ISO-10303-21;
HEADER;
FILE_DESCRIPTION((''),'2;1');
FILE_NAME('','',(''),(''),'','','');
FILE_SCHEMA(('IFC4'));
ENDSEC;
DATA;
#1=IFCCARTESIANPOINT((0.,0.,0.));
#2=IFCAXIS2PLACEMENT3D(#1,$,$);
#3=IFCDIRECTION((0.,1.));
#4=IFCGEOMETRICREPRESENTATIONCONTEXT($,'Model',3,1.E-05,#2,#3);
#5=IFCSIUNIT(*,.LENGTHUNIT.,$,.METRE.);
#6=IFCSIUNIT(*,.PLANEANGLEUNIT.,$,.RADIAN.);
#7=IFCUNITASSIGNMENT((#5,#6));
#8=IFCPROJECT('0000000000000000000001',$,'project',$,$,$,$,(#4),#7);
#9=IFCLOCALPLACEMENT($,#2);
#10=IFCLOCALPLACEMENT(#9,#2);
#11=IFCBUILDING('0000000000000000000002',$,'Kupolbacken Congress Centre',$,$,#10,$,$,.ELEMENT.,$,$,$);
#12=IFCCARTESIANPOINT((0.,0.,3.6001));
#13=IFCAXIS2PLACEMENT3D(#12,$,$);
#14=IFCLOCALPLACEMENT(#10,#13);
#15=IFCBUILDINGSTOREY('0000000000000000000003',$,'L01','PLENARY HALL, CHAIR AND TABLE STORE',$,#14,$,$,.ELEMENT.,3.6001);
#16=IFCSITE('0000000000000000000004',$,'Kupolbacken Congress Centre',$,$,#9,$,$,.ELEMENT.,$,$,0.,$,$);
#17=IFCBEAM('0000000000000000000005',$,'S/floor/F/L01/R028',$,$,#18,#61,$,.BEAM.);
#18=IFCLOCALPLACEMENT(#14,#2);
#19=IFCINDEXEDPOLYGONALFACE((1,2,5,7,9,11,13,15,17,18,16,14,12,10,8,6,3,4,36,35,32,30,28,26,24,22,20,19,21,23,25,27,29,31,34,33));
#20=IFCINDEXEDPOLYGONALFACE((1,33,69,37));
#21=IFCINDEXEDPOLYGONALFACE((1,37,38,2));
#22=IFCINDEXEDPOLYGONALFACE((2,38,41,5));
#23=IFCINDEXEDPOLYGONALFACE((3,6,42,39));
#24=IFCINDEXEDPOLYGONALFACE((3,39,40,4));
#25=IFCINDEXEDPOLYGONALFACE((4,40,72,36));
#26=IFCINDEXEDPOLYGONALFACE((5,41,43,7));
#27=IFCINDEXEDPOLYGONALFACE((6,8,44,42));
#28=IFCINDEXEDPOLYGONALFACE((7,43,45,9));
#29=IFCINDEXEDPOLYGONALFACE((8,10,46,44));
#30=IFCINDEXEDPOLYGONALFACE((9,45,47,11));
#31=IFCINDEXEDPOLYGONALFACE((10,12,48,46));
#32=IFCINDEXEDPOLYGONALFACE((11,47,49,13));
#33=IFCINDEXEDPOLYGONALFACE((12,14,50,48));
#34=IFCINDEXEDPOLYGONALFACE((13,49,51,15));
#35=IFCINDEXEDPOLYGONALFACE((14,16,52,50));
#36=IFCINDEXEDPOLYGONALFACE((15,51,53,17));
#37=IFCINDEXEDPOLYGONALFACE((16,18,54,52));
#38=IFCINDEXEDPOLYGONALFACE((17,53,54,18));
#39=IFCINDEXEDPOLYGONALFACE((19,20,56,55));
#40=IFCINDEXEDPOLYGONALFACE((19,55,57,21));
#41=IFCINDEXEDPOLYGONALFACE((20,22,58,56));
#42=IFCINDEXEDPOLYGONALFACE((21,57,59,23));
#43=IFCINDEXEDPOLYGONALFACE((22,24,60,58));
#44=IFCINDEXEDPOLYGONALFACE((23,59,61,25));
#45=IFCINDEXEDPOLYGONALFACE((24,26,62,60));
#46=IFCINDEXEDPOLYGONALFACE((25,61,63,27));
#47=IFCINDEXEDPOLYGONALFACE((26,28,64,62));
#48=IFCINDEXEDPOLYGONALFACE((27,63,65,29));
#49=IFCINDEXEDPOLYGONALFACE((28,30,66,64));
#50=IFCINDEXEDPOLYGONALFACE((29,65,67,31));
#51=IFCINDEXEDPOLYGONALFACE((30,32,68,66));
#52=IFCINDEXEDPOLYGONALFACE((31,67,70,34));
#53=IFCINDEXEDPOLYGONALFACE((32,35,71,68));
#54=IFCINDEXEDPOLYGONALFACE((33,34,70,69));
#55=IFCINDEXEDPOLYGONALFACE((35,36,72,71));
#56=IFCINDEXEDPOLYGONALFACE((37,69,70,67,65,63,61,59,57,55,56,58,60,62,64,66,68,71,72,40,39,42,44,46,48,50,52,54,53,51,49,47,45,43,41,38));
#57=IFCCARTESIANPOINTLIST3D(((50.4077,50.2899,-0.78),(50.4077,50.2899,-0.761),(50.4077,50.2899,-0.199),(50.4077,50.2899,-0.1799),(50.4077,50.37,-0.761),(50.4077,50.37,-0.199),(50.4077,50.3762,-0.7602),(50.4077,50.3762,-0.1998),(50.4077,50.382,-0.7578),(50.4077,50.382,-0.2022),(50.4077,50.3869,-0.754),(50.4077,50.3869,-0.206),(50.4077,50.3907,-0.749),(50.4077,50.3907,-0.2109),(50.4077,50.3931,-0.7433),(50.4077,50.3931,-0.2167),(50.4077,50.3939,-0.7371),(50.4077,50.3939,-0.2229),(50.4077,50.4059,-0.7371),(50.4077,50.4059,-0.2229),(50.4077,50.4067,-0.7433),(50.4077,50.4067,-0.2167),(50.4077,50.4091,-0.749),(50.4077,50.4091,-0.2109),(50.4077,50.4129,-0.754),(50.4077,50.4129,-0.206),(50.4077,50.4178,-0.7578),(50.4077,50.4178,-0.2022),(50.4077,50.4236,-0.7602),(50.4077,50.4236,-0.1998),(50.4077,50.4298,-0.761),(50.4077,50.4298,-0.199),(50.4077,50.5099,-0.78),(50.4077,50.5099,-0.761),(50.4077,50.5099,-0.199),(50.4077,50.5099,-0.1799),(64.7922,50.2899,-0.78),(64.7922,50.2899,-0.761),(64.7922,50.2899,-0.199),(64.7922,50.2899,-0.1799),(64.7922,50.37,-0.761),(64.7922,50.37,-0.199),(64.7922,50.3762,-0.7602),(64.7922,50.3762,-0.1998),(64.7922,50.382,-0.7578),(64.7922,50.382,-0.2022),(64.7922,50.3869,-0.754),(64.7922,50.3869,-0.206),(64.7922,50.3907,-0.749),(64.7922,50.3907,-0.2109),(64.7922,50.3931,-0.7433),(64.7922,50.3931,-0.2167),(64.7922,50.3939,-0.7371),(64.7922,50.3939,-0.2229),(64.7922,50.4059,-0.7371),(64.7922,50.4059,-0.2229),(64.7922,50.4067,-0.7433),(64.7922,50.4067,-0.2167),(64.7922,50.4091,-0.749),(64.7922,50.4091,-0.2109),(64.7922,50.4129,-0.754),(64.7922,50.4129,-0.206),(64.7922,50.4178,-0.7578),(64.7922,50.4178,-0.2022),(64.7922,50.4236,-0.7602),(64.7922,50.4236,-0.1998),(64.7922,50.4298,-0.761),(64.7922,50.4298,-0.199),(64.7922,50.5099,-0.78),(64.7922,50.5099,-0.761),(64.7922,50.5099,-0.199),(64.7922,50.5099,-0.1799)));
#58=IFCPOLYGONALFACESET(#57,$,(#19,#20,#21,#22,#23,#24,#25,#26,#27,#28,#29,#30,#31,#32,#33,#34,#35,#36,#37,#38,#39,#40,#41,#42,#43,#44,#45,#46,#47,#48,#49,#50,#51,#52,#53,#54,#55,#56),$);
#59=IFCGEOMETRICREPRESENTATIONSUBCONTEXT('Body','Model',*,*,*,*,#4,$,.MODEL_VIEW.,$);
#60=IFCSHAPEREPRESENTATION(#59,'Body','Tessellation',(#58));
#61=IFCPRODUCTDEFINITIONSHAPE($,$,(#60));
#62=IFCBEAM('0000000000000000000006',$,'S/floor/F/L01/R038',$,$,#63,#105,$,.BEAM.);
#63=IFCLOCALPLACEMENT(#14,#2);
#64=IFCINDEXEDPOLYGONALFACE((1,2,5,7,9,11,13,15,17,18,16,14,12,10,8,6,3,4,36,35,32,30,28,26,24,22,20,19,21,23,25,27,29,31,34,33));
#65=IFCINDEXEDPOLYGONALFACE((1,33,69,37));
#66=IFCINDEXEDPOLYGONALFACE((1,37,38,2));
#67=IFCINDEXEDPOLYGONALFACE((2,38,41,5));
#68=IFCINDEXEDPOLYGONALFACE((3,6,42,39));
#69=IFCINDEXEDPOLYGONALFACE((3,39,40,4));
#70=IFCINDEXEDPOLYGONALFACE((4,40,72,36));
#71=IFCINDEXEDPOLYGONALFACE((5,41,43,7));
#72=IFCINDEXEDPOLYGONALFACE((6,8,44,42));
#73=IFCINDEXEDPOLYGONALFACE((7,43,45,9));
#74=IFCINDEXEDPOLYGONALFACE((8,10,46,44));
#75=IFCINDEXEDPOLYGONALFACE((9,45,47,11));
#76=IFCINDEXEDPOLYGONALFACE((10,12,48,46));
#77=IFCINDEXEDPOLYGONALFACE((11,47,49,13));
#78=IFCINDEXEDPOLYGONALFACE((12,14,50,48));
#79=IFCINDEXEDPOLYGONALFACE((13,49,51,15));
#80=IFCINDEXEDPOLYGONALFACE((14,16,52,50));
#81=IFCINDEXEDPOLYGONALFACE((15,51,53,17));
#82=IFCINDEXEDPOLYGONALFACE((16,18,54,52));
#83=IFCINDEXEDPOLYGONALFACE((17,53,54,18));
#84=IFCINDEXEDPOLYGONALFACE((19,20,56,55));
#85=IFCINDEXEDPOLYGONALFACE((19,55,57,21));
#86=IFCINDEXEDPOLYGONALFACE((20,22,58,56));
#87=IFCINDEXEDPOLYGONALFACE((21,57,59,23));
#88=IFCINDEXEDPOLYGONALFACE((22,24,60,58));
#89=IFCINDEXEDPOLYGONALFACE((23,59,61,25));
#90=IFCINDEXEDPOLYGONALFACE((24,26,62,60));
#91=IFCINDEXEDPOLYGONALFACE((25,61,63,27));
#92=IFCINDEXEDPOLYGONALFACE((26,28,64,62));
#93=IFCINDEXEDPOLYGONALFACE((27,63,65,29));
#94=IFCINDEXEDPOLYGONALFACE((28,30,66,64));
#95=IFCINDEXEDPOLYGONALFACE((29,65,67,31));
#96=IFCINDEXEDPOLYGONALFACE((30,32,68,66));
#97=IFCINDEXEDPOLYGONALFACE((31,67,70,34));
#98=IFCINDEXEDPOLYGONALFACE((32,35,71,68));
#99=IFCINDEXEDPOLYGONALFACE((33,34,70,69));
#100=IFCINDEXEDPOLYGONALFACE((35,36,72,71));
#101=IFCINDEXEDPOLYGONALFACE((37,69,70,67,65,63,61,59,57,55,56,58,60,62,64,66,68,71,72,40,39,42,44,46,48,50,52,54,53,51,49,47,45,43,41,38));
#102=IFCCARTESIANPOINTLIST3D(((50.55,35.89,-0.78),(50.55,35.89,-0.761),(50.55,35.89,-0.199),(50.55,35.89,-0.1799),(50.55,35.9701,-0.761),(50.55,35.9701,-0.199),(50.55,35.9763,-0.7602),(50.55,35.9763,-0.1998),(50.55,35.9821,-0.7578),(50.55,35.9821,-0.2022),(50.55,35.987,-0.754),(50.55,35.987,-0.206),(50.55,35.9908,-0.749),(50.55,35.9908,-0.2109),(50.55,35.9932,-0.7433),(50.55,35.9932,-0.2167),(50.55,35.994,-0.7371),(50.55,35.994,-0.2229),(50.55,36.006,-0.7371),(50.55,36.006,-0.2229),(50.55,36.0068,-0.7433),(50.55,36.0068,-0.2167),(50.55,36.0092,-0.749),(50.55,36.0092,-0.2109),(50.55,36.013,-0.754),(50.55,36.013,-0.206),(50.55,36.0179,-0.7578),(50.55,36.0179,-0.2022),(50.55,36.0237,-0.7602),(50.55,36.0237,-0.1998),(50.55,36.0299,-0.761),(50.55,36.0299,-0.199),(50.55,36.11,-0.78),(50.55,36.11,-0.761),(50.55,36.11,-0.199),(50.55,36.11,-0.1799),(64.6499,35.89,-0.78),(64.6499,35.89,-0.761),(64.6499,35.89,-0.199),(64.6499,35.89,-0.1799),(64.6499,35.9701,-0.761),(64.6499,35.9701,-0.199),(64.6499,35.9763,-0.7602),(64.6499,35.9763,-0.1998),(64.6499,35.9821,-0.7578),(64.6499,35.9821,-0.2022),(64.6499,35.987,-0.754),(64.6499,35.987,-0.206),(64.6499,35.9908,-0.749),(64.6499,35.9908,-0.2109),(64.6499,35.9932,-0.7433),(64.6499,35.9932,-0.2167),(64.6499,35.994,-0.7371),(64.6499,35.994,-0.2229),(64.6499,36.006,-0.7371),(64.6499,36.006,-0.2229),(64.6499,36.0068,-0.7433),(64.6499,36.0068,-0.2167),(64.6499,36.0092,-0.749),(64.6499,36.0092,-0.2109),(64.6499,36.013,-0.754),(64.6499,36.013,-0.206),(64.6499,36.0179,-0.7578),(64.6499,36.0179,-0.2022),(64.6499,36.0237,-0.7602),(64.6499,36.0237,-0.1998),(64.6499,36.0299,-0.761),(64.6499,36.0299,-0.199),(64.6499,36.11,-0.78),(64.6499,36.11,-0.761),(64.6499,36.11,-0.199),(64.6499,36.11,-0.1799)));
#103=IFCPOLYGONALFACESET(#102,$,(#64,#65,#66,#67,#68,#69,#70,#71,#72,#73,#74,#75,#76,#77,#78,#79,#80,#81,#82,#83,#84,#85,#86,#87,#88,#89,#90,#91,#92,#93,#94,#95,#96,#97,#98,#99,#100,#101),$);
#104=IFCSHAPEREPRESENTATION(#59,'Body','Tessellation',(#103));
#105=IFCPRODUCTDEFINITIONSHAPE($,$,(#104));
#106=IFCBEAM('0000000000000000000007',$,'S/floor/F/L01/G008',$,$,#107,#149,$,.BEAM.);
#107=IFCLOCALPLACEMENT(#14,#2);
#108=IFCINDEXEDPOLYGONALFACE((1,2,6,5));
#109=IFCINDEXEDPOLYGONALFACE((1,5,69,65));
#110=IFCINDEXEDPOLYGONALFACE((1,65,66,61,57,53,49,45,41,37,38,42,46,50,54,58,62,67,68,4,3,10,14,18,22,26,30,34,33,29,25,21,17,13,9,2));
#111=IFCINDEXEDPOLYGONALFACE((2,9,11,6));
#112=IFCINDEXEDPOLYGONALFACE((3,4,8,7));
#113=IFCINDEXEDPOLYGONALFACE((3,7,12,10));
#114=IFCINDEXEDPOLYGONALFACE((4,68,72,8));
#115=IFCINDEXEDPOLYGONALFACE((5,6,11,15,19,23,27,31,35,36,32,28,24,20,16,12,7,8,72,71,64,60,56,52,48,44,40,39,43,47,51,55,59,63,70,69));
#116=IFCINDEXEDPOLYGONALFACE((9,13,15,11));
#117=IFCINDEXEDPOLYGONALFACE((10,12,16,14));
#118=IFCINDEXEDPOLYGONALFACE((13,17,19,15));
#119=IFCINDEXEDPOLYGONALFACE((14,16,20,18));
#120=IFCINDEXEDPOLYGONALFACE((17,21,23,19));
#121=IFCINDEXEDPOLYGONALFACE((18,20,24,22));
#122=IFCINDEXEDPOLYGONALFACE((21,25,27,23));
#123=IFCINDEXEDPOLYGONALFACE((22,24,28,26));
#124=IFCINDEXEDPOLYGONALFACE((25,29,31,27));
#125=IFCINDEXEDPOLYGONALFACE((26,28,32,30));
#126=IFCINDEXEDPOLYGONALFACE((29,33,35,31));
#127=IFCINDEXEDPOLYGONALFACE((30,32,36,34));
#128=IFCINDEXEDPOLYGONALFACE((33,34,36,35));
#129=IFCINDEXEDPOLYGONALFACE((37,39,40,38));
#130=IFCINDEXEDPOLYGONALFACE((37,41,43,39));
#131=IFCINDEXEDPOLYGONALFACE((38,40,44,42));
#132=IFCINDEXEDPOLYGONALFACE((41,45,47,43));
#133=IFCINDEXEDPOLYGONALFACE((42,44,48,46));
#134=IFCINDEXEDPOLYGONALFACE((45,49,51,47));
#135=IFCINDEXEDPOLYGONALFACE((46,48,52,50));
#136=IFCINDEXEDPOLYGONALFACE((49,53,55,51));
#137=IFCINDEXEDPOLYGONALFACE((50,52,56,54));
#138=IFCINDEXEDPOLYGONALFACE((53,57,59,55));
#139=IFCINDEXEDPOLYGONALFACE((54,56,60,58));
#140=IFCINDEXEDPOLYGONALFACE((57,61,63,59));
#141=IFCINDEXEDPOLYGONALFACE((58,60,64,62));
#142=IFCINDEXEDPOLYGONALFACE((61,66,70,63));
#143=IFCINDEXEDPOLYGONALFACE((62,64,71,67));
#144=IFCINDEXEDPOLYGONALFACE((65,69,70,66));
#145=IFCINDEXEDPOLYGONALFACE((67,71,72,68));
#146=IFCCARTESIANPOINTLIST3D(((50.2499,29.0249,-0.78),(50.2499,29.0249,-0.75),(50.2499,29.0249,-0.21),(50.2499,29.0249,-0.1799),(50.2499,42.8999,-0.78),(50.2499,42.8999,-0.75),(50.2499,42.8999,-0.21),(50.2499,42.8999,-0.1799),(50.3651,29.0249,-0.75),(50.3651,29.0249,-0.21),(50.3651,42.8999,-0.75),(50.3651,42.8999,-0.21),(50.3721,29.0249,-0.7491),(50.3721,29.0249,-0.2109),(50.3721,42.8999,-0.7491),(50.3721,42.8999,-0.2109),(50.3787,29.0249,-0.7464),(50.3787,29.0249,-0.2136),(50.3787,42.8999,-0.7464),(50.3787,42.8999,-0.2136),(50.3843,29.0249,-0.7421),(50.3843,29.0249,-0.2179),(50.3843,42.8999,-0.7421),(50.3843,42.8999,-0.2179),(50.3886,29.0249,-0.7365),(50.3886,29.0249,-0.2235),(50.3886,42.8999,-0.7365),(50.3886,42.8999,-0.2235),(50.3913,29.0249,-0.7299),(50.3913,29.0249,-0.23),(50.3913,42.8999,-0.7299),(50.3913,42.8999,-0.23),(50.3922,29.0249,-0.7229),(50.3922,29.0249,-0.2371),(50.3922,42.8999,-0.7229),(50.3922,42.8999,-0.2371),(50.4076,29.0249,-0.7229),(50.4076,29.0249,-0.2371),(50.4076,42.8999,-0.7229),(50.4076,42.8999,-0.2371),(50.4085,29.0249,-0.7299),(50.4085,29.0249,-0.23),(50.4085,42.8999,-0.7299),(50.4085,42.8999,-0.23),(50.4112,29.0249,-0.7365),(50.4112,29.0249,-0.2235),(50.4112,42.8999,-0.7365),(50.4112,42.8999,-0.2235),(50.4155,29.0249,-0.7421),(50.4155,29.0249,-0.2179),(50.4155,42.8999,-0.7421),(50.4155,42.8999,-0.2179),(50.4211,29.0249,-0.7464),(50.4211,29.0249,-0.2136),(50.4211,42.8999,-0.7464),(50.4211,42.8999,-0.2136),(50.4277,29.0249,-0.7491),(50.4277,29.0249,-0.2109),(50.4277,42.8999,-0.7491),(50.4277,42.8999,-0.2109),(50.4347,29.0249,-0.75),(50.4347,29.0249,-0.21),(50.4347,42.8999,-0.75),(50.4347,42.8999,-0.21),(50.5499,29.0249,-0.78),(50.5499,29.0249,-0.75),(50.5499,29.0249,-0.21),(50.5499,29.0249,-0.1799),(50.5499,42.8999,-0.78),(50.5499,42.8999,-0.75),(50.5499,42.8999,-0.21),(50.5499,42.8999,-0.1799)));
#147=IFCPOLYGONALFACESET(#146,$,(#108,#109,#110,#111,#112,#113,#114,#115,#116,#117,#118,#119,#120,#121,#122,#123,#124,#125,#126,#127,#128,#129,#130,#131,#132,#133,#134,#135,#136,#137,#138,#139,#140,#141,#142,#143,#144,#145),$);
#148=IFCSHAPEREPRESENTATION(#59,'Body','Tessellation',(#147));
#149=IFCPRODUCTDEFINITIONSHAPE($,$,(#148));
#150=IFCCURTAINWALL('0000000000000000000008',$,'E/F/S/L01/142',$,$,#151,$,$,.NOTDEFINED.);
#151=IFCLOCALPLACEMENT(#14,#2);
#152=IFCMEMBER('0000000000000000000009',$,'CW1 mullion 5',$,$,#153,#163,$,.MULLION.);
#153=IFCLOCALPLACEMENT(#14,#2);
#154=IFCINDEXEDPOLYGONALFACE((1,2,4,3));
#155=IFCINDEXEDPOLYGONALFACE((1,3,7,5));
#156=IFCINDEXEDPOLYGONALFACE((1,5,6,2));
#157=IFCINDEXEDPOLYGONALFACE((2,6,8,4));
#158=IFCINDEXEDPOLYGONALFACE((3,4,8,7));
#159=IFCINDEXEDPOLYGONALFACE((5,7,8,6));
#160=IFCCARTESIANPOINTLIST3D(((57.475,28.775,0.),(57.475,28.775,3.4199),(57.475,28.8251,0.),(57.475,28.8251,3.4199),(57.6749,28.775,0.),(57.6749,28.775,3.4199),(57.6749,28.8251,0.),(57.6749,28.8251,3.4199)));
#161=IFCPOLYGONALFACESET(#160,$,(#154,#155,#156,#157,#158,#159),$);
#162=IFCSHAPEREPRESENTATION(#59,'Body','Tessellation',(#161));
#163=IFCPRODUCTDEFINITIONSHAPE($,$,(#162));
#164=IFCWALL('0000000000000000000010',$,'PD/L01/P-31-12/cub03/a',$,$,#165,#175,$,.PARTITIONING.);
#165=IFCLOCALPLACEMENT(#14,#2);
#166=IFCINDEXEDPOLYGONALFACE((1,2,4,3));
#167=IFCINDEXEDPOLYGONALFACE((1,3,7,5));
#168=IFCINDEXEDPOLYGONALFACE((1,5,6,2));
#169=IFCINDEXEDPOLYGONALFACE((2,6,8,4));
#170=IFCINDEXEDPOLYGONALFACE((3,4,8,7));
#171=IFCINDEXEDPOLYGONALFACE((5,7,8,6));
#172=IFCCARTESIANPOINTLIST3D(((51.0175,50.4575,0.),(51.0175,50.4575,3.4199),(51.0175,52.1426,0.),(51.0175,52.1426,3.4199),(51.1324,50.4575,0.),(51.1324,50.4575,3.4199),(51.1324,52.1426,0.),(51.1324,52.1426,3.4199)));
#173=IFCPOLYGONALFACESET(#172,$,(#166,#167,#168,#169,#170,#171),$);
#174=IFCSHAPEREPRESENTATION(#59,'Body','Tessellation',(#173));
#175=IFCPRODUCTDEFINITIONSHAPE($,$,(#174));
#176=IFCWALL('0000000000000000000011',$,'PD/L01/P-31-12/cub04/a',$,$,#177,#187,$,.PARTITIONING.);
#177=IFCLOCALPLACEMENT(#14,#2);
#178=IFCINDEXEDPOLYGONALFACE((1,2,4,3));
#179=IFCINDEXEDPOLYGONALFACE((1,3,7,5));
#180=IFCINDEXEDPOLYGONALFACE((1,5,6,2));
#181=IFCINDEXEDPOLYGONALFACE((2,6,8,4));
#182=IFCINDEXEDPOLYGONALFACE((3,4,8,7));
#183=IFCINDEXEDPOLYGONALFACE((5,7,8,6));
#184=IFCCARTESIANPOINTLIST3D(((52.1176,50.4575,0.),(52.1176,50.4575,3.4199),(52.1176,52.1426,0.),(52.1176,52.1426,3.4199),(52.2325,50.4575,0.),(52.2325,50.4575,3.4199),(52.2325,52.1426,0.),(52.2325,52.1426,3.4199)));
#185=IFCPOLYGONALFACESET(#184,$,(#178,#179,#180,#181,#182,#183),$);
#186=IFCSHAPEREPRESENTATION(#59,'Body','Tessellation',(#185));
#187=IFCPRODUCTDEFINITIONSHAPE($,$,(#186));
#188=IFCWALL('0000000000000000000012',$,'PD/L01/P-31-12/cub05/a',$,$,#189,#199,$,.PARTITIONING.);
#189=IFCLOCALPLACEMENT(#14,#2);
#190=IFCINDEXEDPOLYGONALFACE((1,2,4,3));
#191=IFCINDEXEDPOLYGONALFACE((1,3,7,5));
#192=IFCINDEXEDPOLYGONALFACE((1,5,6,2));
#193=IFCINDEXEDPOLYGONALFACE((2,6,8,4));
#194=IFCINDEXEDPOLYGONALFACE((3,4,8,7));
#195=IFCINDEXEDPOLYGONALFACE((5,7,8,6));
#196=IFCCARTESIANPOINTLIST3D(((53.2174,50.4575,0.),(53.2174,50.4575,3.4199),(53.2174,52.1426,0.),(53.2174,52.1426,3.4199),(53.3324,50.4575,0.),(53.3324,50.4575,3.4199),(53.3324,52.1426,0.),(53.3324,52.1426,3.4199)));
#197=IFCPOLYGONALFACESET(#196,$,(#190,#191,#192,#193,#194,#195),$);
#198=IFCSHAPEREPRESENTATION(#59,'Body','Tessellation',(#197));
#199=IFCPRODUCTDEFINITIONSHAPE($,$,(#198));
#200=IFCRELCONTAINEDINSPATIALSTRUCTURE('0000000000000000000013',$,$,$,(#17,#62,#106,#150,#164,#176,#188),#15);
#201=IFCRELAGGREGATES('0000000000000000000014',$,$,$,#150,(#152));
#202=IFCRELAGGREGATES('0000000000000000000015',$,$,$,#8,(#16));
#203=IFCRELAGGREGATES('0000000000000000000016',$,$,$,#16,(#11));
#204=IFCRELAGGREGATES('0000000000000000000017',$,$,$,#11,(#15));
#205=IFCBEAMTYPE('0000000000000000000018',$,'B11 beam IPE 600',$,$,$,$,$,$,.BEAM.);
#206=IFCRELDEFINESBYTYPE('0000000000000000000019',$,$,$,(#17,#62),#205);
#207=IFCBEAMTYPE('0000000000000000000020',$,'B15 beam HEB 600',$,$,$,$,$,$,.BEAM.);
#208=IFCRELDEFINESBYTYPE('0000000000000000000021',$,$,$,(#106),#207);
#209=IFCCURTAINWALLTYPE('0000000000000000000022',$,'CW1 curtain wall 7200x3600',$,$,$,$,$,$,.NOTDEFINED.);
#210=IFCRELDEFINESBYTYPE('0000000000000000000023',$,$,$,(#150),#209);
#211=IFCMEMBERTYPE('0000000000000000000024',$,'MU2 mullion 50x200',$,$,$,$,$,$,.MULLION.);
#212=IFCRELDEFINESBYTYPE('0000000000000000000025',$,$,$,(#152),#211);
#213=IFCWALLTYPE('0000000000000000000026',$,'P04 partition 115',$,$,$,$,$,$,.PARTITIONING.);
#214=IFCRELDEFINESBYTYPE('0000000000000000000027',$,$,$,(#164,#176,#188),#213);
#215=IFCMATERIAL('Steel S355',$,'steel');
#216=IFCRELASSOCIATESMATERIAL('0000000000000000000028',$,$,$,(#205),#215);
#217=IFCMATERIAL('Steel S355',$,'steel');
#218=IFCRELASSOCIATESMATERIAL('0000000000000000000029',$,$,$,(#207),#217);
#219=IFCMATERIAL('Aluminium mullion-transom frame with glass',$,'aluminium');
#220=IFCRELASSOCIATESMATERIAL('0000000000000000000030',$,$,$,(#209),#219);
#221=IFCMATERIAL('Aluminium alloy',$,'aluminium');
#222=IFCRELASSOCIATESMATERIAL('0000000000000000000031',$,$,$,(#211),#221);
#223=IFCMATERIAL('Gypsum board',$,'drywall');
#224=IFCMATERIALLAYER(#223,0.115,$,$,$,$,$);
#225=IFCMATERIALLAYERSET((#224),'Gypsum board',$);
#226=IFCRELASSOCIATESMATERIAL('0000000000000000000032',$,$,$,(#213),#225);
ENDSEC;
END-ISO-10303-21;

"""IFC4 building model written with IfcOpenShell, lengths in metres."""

from ifc_helpers import new_model, si_unit, direction, frame, frame_2d, origin, origin_2d, place, context, subcontext, project, spatial, rectangle, i_section, extrude, material, layer, layer_set, material_profile, profile_set, type_object, element, aggregate, save


model = new_model("IFC4")

# Units and contexts
model_context = context("Model", 3, precision=1e-05, world=origin(), true_north=direction((0.0, 1.0)))
body_context = subcontext(model_context, "Body", "Model", "MODEL_VIEW")
ifc_project = project(units=[si_unit("LENGTHUNIT", "METRE"), si_unit("PLANEANGLEUNIT", "RADIAN")], contexts=[model_context])

# Site, building, storey
site_placement = place(None, origin())
site = spatial("IfcSite", under=ifc_project, at=site_placement, Name="Kupolbacken Congress Centre", CompositionType="ELEMENT", RefElevation=0.0)
building_placement = place(site_placement, origin())
building = spatial("IfcBuilding", under=site, at=building_placement, Name="Kupolbacken Congress Centre", CompositionType="ELEMENT")
storey_placement = place(building_placement, frame((0.0, 0.0, 3.6001)))
storey = spatial("IfcBuildingStorey", under=building, at=storey_placement, Name="L01", Description="PLENARY HALL, CHAIR AND TABLE STORE", CompositionType="ELEMENT", Elevation=3.6001)

# Beams
ifc_material_1 = material(Name="Steel S355", Category="steel")
ifc_material_profile_1 = material_profile(ifc_material_1, i_section(OverallWidth=0.22, OverallDepth=0.6001, WebThickness=0.012, FlangeThickness=0.019, FilletRadius=0.0239, at=origin_2d()), Name="IPE 600")
ifc_profile_set_1 = profile_set([ifc_material_profile_1], Name="Steel S355")
beam_type_1 = type_object("IfcBeamType", Name="B11 beam IPE 600", PredefinedType="BEAM", material=ifc_profile_set_1)
for number, where, z_axis, x_axis, name in (
    (1, (50.4077, 50.3999, -0.48), (1.0, 0.0, 0.0), (0.0, 1.0, 0.0), "S/floor/F/L01/R028"),
):
    element("IfcBeam", number, at=place(storey_placement, frame(where, z_axis=z_axis, x_axis=x_axis)), inside=storey, type_object=beam_type_1, Name=name, PredefinedType="BEAM", context=body_context, shape_type="SweptSolid", body=[
        extrude(i_section(OverallWidth=0.22, OverallDepth=0.6001, WebThickness=0.012, FlangeThickness=0.019, FilletRadius=0.0239, at=origin_2d()), origin(), (0.0, 0.0, 1.0), 14.3845),
    ])
beam_1_placement = place(storey_placement, frame((50.55, 36.0, -0.48), z_axis=(1.0, 0.0, 0.0), x_axis=(0.0, 1.0, 0.0)))
element("IfcBeam", 2, at=beam_1_placement, inside=storey, type_object=beam_type_1, Name="S/floor/F/L01/R038", PredefinedType="BEAM", context=body_context, shape_type="SweptSolid", body=[
    extrude(i_section(OverallWidth=0.22, OverallDepth=0.6001, WebThickness=0.012, FlangeThickness=0.019, FilletRadius=0.0239, at=origin_2d()), origin(), (0.0, 0.0, 1.0), 14.0999),
])
ifc_material_2 = material(Name="Steel S355", Category="steel")
ifc_material_profile_2 = material_profile(ifc_material_2, i_section(OverallWidth=0.3, OverallDepth=0.6001, WebThickness=0.0154, FlangeThickness=0.03, FilletRadius=0.0271, at=origin_2d()), Name="HEB 600")
ifc_profile_set_2 = profile_set([ifc_material_profile_2], Name="Steel S355")
beam_type_2 = type_object("IfcBeamType", Name="B15 beam HEB 600", PredefinedType="BEAM", material=ifc_profile_set_2)
beam_2_placement = place(storey_placement, frame((50.3999, 29.0249, -0.48), z_axis=(0.0, 1.0, 0.0), x_axis=(-1.0, 0.0, 0.0)))
element("IfcBeam", 3, at=beam_2_placement, inside=storey, type_object=beam_type_2, Name="S/floor/F/L01/G008", PredefinedType="BEAM", context=body_context, shape_type="SweptSolid", body=[
    extrude(i_section(OverallWidth=0.3, OverallDepth=0.6001, WebThickness=0.0154, FlangeThickness=0.03, FilletRadius=0.0271, at=origin_2d()), origin(), (0.0, 0.0, 1.0), 13.875),
])

# Curtain wall, member
ifc_material_3 = material(Name="Aluminium mullion-transom frame with glass", Category="aluminium")
curtain_wall_type = type_object("IfcCurtainWallType", Name="CW1 curtain wall 7200x3600", PredefinedType="NOTDEFINED", material=ifc_material_3)
curtain_wall_placement = place(storey_placement, origin())
curtain_wall = element("IfcCurtainWall", 4, at=curtain_wall_placement, inside=storey, type_object=curtain_wall_type, Name="E/F/S/L01/142", PredefinedType="NOTDEFINED")
ifc_material_4 = material(Name="Aluminium alloy", Category="aluminium")
ifc_material_profile_3 = material_profile(ifc_material_4, rectangle(XDim=0.05, YDim=0.2, at=origin_2d()), Name="50 x 200")
ifc_profile_set_3 = profile_set([ifc_material_profile_3], Name="Aluminium alloy")
member_type = type_object("IfcMemberType", Name="MU2 mullion 50x200", PredefinedType="MULLION", material=ifc_profile_set_3)
member_placement = place(storey_placement, frame((57.575, 28.8, 0.0), z_axis=(0.0, 0.0, 1.0), x_axis=(0.0, 1.0, 0.0)))
member = element("IfcMember", 5, at=member_placement, type_object=member_type, Name="CW1 mullion 5", PredefinedType="MULLION", context=body_context, shape_type="SweptSolid", body=[
    extrude(rectangle(XDim=0.05, YDim=0.2, at=origin_2d()), origin(), (0.0, 0.0, 1.0), 3.4199),
])
aggregate(curtain_wall, [member])

# Walls
ifc_material_5 = material(Name="Gypsum board", Category="drywall")
ifc_layer_1 = layer(ifc_material_5, 0.115)
ifc_layer_set_1 = layer_set([ifc_layer_1], Name="Gypsum board")
wall_type_1 = type_object("IfcWallType", Name="P04 partition 115", PredefinedType="PARTITIONING", material=ifc_layer_set_1)
for number, where, z_axis, x_axis, name in (
    (6, (51.075, 50.4575, 0.0), (0.0, 0.0, 1.0), (0.0, 1.0, 0.0), "PD/L01/P-31-12/cub03/a"),
    (7, (52.175, 50.4575, 0.0), (0.0, 0.0, 1.0), (0.0, 1.0, 0.0), "PD/L01/P-31-12/cub04/a"),
    (8, (53.2749, 50.4575, 0.0), (0.0, 0.0, 1.0), (0.0, 1.0, 0.0), "PD/L01/P-31-12/cub05/a"),
):
    element("IfcWall", number, at=place(storey_placement, frame(where, z_axis=z_axis, x_axis=x_axis)), inside=storey, type_object=wall_type_1, Name=name, PredefinedType="PARTITIONING", context=body_context, shape_type="SweptSolid", body=[
        extrude(rectangle(XDim=1.6851, YDim=0.115, at=frame_2d((0.8425, 0.0))), origin(), (0.0, 0.0, 1.0), 3.4199),
    ])

save(model, "model.ifc")
